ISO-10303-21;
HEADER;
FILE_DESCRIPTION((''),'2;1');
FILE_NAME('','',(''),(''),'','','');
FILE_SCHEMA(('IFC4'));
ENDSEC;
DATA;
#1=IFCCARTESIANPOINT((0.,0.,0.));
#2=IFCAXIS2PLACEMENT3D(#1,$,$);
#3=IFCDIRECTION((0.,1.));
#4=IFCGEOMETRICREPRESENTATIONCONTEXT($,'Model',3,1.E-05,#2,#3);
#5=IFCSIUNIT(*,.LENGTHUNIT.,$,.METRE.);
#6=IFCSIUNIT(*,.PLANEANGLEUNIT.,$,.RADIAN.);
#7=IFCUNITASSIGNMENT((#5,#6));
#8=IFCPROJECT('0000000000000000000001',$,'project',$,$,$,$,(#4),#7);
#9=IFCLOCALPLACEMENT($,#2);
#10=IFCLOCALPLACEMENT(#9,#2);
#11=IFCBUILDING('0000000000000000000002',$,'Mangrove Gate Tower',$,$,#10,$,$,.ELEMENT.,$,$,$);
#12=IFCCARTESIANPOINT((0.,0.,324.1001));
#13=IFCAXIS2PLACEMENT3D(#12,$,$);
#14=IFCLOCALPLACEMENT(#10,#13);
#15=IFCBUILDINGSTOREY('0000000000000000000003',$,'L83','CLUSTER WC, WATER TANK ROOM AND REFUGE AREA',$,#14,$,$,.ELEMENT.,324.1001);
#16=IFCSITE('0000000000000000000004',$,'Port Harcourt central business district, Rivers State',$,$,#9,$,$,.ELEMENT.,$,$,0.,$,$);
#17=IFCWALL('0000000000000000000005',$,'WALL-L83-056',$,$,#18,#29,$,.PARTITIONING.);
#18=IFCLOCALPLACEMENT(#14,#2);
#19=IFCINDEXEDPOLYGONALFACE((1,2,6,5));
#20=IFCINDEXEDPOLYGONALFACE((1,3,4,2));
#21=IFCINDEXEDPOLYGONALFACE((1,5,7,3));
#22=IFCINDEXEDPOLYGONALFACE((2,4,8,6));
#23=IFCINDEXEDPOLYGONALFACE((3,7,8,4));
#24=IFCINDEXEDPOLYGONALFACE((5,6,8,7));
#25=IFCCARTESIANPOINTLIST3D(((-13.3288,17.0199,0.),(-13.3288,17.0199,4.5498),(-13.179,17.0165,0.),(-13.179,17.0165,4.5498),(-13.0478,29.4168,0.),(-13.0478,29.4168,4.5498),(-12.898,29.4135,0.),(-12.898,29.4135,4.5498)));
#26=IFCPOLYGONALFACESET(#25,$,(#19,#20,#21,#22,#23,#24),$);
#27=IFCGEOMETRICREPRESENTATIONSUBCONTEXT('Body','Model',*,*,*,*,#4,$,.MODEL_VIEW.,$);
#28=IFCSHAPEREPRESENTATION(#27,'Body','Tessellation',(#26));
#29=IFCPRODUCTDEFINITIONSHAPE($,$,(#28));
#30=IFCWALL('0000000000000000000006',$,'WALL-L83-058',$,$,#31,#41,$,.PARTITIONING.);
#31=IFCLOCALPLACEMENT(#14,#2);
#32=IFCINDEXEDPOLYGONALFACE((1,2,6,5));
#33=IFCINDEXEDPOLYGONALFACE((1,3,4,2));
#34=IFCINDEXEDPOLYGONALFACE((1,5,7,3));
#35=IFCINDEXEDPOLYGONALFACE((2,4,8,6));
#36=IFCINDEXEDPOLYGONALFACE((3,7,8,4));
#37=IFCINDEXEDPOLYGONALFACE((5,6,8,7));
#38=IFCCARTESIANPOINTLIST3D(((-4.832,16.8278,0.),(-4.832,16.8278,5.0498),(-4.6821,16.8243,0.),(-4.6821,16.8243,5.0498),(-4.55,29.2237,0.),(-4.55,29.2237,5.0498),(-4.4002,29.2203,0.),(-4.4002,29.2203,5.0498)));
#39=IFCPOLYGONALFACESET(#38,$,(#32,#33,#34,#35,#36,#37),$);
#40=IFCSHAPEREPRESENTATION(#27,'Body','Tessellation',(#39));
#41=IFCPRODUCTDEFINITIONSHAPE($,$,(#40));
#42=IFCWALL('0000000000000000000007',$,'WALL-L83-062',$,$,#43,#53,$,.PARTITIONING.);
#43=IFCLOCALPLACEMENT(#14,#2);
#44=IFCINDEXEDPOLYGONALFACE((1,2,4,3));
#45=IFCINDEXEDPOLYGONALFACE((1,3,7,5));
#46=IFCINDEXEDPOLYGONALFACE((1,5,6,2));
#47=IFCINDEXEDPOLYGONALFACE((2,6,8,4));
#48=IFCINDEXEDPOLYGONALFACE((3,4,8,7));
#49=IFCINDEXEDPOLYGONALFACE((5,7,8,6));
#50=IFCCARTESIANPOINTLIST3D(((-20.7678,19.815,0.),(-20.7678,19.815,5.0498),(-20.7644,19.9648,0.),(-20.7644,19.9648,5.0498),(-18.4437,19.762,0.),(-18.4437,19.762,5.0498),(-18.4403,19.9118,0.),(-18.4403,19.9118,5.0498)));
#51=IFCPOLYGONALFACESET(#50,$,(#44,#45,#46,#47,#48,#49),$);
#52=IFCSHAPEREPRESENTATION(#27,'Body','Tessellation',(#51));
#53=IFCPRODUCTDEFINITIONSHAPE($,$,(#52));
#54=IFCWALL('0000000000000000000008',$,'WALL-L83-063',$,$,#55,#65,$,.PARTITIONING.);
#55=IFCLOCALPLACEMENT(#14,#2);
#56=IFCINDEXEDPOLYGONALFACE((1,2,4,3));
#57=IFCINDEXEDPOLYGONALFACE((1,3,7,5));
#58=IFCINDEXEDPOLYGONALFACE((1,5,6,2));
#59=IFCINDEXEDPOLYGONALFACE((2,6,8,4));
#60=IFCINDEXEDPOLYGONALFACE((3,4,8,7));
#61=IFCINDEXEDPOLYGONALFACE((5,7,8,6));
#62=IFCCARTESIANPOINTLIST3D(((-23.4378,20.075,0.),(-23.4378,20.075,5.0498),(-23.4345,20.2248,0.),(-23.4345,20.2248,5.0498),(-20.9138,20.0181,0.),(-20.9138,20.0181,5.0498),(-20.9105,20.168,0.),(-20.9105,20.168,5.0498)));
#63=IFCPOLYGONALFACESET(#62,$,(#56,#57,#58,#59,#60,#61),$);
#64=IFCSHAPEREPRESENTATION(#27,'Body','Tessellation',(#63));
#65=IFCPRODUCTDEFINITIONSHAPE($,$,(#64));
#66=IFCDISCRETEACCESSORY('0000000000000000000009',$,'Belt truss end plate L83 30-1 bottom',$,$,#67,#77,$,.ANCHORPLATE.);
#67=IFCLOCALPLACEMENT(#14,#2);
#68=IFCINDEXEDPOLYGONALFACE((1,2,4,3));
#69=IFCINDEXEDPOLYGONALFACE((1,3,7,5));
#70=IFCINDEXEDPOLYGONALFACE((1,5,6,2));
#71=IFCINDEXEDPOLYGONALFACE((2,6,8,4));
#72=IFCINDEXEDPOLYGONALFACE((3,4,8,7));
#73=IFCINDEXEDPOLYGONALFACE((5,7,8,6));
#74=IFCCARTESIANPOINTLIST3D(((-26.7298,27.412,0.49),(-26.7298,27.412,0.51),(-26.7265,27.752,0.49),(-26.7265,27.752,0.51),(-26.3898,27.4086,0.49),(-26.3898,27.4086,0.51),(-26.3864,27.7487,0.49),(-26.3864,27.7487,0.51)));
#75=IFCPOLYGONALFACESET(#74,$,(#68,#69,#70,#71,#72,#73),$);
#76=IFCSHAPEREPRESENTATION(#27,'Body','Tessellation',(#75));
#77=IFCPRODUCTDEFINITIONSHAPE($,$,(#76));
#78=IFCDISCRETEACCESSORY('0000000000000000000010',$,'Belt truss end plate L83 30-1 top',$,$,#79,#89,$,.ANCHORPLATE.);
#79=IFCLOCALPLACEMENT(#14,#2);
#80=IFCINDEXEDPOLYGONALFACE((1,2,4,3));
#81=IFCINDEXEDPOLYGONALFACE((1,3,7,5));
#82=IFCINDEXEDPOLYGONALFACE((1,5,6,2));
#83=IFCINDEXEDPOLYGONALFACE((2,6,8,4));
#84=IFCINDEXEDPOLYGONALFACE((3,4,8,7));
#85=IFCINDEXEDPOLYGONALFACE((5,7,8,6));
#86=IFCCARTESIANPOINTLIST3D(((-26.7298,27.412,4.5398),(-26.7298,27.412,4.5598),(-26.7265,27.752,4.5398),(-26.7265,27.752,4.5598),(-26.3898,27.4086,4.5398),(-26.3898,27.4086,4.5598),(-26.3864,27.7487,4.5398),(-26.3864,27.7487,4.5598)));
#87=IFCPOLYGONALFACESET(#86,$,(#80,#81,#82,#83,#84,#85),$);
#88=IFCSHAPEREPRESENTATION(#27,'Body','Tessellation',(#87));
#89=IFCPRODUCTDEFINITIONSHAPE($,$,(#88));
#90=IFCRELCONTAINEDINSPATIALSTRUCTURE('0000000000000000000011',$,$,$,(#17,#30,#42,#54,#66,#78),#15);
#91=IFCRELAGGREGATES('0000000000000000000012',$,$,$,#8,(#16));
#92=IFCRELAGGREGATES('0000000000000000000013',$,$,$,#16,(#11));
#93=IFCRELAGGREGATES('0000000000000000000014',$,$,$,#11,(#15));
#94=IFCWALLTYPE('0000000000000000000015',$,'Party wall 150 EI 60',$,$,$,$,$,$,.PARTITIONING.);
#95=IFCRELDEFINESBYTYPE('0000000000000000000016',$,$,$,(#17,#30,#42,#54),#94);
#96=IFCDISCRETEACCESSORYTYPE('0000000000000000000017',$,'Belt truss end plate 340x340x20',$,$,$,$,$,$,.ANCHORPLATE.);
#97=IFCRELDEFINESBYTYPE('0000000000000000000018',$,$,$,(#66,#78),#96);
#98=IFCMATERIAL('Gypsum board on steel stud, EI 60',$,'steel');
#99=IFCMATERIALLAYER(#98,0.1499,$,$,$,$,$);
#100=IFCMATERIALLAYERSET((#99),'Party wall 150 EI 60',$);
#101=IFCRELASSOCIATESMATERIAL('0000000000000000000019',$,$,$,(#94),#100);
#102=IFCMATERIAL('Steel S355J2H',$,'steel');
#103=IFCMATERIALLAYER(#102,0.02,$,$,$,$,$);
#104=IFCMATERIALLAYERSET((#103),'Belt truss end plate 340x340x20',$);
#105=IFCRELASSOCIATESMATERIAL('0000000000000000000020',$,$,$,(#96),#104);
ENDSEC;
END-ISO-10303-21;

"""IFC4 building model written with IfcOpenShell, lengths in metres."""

from ifc_helpers import new_model, si_unit, direction, frame, frame_2d, origin, origin_2d, place, context, subcontext, project, spatial, rectangle, extrude, material, layer, layer_set, type_object, element, save


model = new_model("IFC4")

# Units and contexts
model_context = context("Model", 3, precision=1e-05, world=origin(), true_north=direction((0.0, 1.0)))
body_context = subcontext(model_context, "Body", "Model", "MODEL_VIEW")
ifc_project = project(units=[si_unit("LENGTHUNIT", "METRE"), si_unit("PLANEANGLEUNIT", "RADIAN")], contexts=[model_context])

# Site, building, storey
site_placement = place(None, origin())
site = spatial("IfcSite", under=ifc_project, at=site_placement, Name="Port Harcourt central business district, Rivers State", CompositionType="ELEMENT", RefElevation=0.0)
building_placement = place(site_placement, origin())
building = spatial("IfcBuilding", under=site, at=building_placement, Name="Mangrove Gate Tower", CompositionType="ELEMENT")
storey_placement = place(building_placement, frame((0.0, 0.0, 324.1001)))
storey = spatial("IfcBuildingStorey", under=building, at=storey_placement, Name="L83", Description="CLUSTER WC, WATER TANK ROOM AND REFUGE AREA", CompositionType="ELEMENT", Elevation=324.1001)

# Walls
ifc_material_1 = material(Name="Gypsum board on steel stud, EI 60", Category="steel")
ifc_layer_1 = layer(ifc_material_1, 0.1499)
ifc_layer_set_1 = layer_set([ifc_layer_1], Name="Party wall 150 EI 60")
wall_type_1 = type_object("IfcWallType", Name="Party wall 150 EI 60", PredefinedType="PARTITIONING", material=ifc_layer_set_1)
wall_1_placement = place(storey_placement, frame((-13.2539, 17.0181, 0.0), z_axis=(0.0, 0.0, 1.0), x_axis=(0.022661, 0.999743, 0.0)))
element("IfcWall", 1, at=wall_1_placement, inside=storey, type_object=wall_type_1, Name="WALL-L83-056", PredefinedType="PARTITIONING", context=body_context, shape_type="SweptSolid", body=[
    extrude(rectangle(XDim=12.4001, YDim=0.1499, at=frame_2d((6.2002, 0.0))), origin(), (0.0, 0.0, 1.0), 4.5498),
])
wall_2_placement = place(storey_placement, frame((-4.7571, 16.8259, 0.0), z_axis=(0.0, 0.0, 1.0), x_axis=(0.022742, 0.999741, 0.0)))
element("IfcWall", 2, at=wall_2_placement, inside=storey, type_object=wall_type_1, Name="WALL-L83-058", PredefinedType="PARTITIONING", context=body_context, shape_type="SweptSolid", body=[
    extrude(rectangle(XDim=12.3992, YDim=0.1499, at=frame_2d((6.1997, 0.0))), origin(), (0.0, 0.0, 1.0), 5.0498),
])
wall_3_placement = place(storey_placement, frame((-20.7661, 19.8899, 0.0), z_axis=(0.0, 0.0, 1.0), x_axis=(0.99974, -0.022788, 0.0)))
element("IfcWall", 3, at=wall_3_placement, inside=storey, type_object=wall_type_1, Name="WALL-L83-062", PredefinedType="PARTITIONING", context=body_context, shape_type="SweptSolid", body=[
    extrude(rectangle(XDim=2.3247, YDim=0.1499, at=frame_2d((1.1624, 0.0))), origin(), (0.0, 0.0, 1.0), 5.0498),
])
wall_4_placement = place(storey_placement, frame((-23.436, 20.1499, 0.0), z_axis=(0.0, 0.0, 1.0), x_axis=(0.999746, -0.022532, 0.0)))
element("IfcWall", 4, at=wall_4_placement, inside=storey, type_object=wall_type_1, Name="WALL-L83-063", PredefinedType="PARTITIONING", context=body_context, shape_type="SweptSolid", body=[
    extrude(rectangle(XDim=2.5247, YDim=0.1499, at=frame_2d((1.2622, 0.0))), origin(), (0.0, 0.0, 1.0), 5.0498),
])

# Discrete accessories
ifc_material_2 = material(Name="Steel S355J2H", Category="steel")
ifc_layer_2 = layer(ifc_material_2, 0.02)
ifc_layer_set_2 = layer_set([ifc_layer_2], Name="Belt truss end plate 340x340x20")
discrete_accessory_type = type_object("IfcDiscreteAccessoryType", Name="Belt truss end plate 340x340x20", PredefinedType="ANCHORPLATE", material=ifc_layer_set_2)
for number, where, z_axis, x_axis, name in (
    (5, (-26.5581, 27.5803, 0.49), (0.0, 0.0, 1.0), (-0.009904, -0.999951, 0.0), "Belt truss end plate L83 30-1 bottom"),
    (6, (-26.5581, 27.5803, 4.5398), (0.0, 0.0, 1.0), (-0.009904, -0.999951, 0.0), "Belt truss end plate L83 30-1 top"),
):
    element("IfcDiscreteAccessory", number, at=place(storey_placement, frame(where, z_axis=z_axis, x_axis=x_axis)), inside=storey, type_object=discrete_accessory_type, Name=name, PredefinedType="ANCHORPLATE", context=body_context, shape_type="SweptSolid", body=[
        extrude(rectangle(XDim=0.3401, YDim=0.3401, at=origin_2d()), origin(), (0.0, 0.0, 1.0), 0.02),
    ])

save(model, "model.ifc")
